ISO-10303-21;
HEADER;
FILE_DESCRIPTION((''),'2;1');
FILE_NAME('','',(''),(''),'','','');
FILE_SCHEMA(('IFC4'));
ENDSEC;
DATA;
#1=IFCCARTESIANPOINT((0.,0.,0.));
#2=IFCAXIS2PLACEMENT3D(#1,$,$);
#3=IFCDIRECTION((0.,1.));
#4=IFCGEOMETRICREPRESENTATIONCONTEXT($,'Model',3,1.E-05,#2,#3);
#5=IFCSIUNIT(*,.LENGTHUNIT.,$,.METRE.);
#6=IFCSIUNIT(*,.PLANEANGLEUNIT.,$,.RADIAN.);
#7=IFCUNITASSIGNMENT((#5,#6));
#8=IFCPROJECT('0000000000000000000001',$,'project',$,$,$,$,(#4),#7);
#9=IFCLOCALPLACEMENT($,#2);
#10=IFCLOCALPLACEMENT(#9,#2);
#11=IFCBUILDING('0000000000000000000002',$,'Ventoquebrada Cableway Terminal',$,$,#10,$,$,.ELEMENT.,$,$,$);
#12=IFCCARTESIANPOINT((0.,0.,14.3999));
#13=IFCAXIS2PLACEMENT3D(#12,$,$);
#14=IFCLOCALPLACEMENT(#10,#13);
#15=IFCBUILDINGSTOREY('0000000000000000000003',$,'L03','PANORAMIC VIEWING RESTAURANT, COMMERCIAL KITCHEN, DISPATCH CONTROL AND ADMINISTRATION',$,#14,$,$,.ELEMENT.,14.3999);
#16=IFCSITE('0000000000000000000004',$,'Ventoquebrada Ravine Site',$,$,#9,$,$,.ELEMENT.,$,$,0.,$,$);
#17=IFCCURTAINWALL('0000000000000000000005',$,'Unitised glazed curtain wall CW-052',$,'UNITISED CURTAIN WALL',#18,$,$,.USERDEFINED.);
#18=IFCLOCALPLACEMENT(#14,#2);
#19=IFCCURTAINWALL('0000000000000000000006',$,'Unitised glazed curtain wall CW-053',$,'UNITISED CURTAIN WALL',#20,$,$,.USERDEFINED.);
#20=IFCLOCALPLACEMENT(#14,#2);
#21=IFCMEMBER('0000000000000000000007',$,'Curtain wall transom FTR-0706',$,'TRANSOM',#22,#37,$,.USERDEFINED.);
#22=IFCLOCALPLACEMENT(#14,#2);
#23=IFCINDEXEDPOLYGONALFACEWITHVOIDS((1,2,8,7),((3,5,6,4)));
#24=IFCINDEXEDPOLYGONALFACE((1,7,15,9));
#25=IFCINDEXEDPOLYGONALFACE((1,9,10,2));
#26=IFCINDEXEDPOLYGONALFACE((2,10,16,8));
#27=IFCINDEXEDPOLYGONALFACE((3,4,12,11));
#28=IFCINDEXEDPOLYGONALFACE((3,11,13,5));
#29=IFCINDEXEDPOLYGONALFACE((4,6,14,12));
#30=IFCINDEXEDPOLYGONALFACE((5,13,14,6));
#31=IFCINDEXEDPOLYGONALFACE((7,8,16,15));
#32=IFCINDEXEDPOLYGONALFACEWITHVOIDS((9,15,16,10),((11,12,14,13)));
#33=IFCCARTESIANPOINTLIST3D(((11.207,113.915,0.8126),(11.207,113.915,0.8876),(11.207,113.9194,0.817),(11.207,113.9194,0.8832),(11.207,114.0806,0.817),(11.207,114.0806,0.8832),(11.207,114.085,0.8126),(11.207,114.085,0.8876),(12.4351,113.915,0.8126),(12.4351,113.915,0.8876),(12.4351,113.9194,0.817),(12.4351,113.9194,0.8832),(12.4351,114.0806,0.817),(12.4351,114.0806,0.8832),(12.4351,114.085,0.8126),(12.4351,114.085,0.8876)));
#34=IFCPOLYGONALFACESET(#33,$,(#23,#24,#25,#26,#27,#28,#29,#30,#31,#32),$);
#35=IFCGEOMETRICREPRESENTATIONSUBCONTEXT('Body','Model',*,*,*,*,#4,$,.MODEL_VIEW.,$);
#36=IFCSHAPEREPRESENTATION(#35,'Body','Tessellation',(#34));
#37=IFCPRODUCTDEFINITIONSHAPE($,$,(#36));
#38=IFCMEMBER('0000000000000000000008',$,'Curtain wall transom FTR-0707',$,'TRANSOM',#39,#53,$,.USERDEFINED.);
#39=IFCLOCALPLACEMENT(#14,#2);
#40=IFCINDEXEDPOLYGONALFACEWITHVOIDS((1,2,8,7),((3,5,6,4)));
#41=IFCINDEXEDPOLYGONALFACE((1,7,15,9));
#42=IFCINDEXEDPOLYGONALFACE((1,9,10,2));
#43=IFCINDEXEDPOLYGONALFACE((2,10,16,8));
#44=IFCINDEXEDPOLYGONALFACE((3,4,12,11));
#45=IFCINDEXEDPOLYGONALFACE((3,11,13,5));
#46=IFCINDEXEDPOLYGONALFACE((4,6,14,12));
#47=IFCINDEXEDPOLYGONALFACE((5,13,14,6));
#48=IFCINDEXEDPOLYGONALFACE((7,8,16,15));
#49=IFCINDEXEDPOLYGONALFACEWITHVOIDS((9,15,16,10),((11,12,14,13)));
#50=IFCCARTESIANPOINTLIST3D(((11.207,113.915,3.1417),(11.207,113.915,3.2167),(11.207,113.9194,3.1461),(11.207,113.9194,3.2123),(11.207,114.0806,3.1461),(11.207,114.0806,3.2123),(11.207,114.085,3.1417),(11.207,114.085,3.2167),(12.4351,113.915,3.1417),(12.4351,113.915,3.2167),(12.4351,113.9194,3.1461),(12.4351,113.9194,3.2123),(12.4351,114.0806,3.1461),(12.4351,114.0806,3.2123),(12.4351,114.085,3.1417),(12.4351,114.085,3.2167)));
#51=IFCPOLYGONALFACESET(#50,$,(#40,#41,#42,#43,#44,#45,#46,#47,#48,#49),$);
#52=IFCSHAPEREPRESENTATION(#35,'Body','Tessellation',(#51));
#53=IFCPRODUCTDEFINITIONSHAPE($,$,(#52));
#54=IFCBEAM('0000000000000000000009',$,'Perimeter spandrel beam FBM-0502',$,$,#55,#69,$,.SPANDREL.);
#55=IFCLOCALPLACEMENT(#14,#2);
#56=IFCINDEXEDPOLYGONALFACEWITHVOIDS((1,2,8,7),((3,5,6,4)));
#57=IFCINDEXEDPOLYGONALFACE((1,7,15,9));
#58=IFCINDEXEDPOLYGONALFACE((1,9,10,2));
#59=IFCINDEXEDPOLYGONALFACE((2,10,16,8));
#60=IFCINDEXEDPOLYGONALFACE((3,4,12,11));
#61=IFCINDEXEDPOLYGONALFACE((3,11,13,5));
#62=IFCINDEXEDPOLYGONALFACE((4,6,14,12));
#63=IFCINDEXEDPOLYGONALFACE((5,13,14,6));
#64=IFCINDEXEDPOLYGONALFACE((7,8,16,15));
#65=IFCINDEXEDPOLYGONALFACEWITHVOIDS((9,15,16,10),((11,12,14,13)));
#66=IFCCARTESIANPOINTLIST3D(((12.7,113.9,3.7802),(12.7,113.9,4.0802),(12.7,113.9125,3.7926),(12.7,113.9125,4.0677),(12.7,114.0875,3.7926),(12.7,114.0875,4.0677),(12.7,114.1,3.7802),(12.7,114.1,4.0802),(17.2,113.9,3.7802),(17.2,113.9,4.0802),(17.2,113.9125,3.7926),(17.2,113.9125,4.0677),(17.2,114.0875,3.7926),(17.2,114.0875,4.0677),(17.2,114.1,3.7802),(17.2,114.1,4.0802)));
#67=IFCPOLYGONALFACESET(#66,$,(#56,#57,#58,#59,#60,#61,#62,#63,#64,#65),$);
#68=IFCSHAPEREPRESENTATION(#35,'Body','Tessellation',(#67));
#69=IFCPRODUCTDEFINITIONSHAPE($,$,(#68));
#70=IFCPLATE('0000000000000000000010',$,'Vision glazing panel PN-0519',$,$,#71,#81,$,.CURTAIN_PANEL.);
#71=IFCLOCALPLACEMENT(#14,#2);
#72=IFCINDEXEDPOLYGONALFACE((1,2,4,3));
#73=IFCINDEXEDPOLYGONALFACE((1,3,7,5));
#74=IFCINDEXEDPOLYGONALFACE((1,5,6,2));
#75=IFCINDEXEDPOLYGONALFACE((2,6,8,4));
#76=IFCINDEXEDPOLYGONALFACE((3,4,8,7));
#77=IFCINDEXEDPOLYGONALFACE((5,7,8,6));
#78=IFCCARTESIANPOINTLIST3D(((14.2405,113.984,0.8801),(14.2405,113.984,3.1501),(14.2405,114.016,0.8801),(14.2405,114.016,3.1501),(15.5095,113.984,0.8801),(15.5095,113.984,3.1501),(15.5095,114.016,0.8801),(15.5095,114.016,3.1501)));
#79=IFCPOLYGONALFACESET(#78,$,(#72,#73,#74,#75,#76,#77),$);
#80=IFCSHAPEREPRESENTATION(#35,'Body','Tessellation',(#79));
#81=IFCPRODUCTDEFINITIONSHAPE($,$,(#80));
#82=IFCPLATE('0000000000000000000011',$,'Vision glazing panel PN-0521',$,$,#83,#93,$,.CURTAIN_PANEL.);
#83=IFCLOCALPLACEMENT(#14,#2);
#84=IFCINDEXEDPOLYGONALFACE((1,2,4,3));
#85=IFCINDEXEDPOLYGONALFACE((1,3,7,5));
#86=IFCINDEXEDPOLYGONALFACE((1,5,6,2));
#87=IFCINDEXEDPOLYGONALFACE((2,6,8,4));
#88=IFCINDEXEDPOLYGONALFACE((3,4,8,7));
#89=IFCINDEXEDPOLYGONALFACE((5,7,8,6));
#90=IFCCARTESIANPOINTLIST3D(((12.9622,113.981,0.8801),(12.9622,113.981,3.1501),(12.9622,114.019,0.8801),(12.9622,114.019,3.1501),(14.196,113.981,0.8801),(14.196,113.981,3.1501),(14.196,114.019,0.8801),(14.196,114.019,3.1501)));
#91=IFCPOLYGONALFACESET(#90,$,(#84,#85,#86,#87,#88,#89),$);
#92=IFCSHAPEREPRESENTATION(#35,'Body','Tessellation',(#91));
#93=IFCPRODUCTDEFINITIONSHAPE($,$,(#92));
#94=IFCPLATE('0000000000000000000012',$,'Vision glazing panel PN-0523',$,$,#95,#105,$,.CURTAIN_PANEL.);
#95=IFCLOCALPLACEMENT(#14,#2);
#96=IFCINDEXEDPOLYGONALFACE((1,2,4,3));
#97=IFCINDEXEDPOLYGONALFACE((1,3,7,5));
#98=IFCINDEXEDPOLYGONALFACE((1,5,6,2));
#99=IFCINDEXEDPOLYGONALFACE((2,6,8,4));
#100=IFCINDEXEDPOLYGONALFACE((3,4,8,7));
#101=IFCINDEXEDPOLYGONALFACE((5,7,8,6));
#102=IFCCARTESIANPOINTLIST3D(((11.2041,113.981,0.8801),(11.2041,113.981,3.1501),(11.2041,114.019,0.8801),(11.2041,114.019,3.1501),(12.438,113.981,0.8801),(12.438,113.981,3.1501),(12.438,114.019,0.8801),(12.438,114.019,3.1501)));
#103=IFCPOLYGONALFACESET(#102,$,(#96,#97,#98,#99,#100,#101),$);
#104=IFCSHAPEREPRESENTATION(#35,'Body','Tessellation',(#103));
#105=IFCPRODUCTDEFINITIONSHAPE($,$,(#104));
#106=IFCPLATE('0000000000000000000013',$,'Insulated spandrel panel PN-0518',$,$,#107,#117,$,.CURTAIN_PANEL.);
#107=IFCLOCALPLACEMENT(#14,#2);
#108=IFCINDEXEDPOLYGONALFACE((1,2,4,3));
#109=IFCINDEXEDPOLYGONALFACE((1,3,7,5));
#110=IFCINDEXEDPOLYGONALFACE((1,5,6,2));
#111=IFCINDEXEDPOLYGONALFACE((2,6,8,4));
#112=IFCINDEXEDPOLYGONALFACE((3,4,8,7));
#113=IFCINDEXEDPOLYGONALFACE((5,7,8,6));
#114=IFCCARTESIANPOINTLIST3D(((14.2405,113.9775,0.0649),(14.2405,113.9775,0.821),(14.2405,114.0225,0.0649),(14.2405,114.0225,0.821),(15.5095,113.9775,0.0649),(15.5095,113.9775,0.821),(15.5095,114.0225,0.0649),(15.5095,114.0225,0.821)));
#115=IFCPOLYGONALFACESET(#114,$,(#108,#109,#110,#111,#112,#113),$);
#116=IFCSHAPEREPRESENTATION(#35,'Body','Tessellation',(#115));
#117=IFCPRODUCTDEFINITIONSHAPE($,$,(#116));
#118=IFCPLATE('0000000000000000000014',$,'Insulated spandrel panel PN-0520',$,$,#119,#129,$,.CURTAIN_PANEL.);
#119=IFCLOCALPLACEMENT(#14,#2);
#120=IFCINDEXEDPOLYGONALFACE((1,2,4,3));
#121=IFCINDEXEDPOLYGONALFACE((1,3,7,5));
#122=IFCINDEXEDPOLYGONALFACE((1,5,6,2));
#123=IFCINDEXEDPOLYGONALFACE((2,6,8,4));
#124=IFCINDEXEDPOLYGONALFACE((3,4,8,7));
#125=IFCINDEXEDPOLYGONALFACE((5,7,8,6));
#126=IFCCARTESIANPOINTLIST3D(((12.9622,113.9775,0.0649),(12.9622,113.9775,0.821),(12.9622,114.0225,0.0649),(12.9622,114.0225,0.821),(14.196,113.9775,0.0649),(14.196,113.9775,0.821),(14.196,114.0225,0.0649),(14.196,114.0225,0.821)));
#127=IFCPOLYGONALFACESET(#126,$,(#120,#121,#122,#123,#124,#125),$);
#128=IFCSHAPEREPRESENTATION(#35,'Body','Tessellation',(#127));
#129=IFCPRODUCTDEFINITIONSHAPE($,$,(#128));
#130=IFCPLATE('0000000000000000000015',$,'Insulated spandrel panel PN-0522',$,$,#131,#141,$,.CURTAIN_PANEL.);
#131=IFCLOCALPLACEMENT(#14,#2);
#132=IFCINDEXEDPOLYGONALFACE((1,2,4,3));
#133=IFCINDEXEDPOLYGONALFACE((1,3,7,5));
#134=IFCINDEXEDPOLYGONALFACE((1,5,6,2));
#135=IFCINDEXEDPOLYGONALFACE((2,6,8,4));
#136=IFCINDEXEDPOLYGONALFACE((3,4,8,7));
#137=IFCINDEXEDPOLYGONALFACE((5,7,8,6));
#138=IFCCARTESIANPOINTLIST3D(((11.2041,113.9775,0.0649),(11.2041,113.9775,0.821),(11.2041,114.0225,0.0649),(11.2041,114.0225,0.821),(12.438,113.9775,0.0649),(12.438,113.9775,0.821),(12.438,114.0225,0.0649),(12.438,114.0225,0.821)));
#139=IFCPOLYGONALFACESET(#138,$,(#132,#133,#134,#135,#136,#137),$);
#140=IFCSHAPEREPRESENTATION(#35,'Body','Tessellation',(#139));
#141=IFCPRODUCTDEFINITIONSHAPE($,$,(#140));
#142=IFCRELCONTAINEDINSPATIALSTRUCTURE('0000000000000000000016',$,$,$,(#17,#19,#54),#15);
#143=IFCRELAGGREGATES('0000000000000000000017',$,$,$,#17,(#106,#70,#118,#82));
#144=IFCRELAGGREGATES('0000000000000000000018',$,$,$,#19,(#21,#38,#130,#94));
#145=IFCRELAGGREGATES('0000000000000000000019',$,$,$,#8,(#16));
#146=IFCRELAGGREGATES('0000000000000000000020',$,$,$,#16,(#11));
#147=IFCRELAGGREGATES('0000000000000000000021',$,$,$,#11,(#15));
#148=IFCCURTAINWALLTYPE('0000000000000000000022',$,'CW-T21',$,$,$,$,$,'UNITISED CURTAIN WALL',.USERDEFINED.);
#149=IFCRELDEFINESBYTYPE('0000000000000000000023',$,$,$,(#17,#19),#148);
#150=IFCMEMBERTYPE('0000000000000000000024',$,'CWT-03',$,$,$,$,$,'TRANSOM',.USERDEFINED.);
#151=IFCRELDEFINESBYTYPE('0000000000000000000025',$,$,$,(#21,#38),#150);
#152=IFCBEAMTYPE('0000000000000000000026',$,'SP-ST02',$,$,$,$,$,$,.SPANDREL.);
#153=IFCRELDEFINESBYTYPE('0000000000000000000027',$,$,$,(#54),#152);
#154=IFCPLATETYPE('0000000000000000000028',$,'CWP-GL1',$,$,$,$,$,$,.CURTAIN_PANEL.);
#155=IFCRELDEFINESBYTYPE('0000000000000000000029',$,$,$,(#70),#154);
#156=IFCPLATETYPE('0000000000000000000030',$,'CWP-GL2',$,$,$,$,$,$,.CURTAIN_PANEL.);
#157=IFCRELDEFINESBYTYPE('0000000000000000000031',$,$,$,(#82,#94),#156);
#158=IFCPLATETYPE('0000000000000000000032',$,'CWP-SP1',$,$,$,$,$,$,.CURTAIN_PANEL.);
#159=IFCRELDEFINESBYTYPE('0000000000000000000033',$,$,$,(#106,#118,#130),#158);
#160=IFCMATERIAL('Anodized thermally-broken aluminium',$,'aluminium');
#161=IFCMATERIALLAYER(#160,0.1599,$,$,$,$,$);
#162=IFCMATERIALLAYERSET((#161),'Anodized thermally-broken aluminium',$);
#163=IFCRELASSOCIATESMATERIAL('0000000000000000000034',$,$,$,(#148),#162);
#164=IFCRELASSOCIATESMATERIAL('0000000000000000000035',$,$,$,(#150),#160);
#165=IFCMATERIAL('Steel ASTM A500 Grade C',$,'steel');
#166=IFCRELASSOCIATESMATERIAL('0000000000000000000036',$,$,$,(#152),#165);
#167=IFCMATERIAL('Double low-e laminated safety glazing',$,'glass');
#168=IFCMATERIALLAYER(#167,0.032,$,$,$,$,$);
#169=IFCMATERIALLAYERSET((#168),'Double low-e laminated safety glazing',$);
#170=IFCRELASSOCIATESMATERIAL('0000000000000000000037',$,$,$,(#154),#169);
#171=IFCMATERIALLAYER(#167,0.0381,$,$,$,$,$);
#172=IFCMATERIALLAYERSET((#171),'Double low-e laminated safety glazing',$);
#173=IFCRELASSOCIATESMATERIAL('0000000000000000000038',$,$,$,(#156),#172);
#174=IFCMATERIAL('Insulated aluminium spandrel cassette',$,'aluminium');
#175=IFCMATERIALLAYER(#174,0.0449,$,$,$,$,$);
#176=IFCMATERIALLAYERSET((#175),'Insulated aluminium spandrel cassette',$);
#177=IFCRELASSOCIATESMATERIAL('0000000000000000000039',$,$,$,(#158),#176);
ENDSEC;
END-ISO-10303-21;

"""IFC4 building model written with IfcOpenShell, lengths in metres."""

from ifc_helpers import new_model, si_unit, direction, frame, origin, origin_2d, place, context, subcontext, project, spatial, rectangle, hollow_rectangle, extrude, material, layer, layer_set, material_profile, profile_set, type_object, element, aggregate, save


model = new_model("IFC4")

# Units and contexts
model_context = context("Model", 3, precision=1e-05, world=origin(), true_north=direction((0.0, 1.0)))
body_context = subcontext(model_context, "Body", "Model", "MODEL_VIEW")
ifc_project = project(units=[si_unit("LENGTHUNIT", "METRE"), si_unit("PLANEANGLEUNIT", "RADIAN")], contexts=[model_context])

# Site, building, storey
site_placement = place(None, origin())
site = spatial("IfcSite", under=ifc_project, at=site_placement, Name="Ventoquebrada Ravine Site", CompositionType="ELEMENT", RefElevation=0.0)
building_placement = place(site_placement, origin())
building = spatial("IfcBuilding", under=site, at=building_placement, Name="Ventoquebrada Cableway Terminal", CompositionType="ELEMENT")
storey_placement = place(building_placement, frame((0.0, 0.0, 14.3999)))
storey = spatial("IfcBuildingStorey", under=building, at=storey_placement, Name="L03", Description="PANORAMIC VIEWING RESTAURANT, COMMERCIAL KITCHEN, DISPATCH CONTROL AND ADMINISTRATION", CompositionType="ELEMENT", Elevation=14.3999)

# Curtain wall
ifc_material_1 = material(Name="Anodized thermally-broken aluminium", Category="aluminium")
ifc_layer_1 = layer(ifc_material_1, 0.1599)
ifc_layer_set_1 = layer_set([ifc_layer_1], Name="Anodized thermally-broken aluminium")
curtain_wall_type = type_object("IfcCurtainWallType", Name="CW-T21", ElementType="UNITISED CURTAIN WALL", PredefinedType="USERDEFINED", material=ifc_layer_set_1)
curtain_wall_1_placement = place(storey_placement, origin())
curtain_wall_1 = element("IfcCurtainWall", 1, at=curtain_wall_1_placement, inside=storey, type_object=curtain_wall_type, Name="Unitised glazed curtain wall CW-052", ObjectType="UNITISED CURTAIN WALL", PredefinedType="USERDEFINED")

# Curtain wall
curtain_wall_2_placement = place(storey_placement, origin())
curtain_wall_2 = element("IfcCurtainWall", 2, at=curtain_wall_2_placement, inside=storey, type_object=curtain_wall_type, Name="Unitised glazed curtain wall CW-053", ObjectType="UNITISED CURTAIN WALL", PredefinedType="USERDEFINED")

# Members
ifc_material_profile_1 = material_profile(ifc_material_1, hollow_rectangle(XDim=0.075, YDim=0.1699, WallThickness=0.0044, at=origin_2d()), Name="CW-TRN-75X170")
ifc_profile_set_1 = profile_set([ifc_material_profile_1], Name="Anodized thermally-broken aluminium")
member_type_1 = type_object("IfcMemberType", Name="CWT-03", ElementType="TRANSOM", PredefinedType="USERDEFINED", material=ifc_profile_set_1)
member_1_placement = place(storey_placement, frame((12.4351, 114.0, 0.8501), z_axis=(-1.0, 0.0, 0.0), x_axis=(0.0, 0.0, 1.0)))
member_1 = element("IfcMember", 3, at=member_1_placement, type_object=member_type_1, Name="Curtain wall transom FTR-0706", ObjectType="TRANSOM", PredefinedType="USERDEFINED", context=body_context, shape_type="SweptSolid", body=[
    extrude(hollow_rectangle(XDim=0.075, YDim=0.1699, WallThickness=0.0044, at=origin_2d()), origin(), (0.0, 0.0, 1.0), 1.228),
])
member_2_placement = place(storey_placement, frame((12.4351, 114.0, 3.1792), z_axis=(-1.0, 0.0, 0.0), x_axis=(0.0, 0.0, 1.0)))
member_2 = element("IfcMember", 4, at=member_2_placement, type_object=member_type_1, Name="Curtain wall transom FTR-0707", ObjectType="TRANSOM", PredefinedType="USERDEFINED", context=body_context, shape_type="SweptSolid", body=[
    extrude(hollow_rectangle(XDim=0.075, YDim=0.1699, WallThickness=0.0044, at=origin_2d()), origin(), (0.0, 0.0, 1.0), 1.228),
])

# Beam
ifc_material_2 = material(Name="Steel ASTM A500 Grade C", Category="steel")
ifc_material_profile_2 = material_profile(ifc_material_2, hollow_rectangle(XDim=0.2, YDim=0.3, WallThickness=0.0125, at=origin_2d()), Name="RHS300X200X12.5")
ifc_profile_set_2 = profile_set([ifc_material_profile_2], Name="Steel ASTM A500 Grade C")
beam_type = type_object("IfcBeamType", Name="SP-ST02", PredefinedType="SPANDREL", material=ifc_profile_set_2)
beam_placement = place(storey_placement, frame((12.7, 114.0, 3.9302), z_axis=(1.0, 0.0, 0.0), x_axis=(0.0, 1.0, 0.0)))
element("IfcBeam", 5, at=beam_placement, inside=storey, type_object=beam_type, Name="Perimeter spandrel beam FBM-0502", PredefinedType="SPANDREL", context=body_context, shape_type="SweptSolid", body=[
    extrude(hollow_rectangle(XDim=0.2, YDim=0.3, WallThickness=0.0125, at=origin_2d()), origin(), (0.0, 0.0, 1.0), 4.5),
])

# Plates
ifc_material_3 = material(Name="Double low-e laminated safety glazing", Category="glass")
ifc_layer_2 = layer(ifc_material_3, 0.032)
ifc_layer_set_2 = layer_set([ifc_layer_2], Name="Double low-e laminated safety glazing")
plate_type_1 = type_object("IfcPlateType", Name="CWP-GL1", PredefinedType="CURTAIN_PANEL", material=ifc_layer_set_2)
plate_1_placement = place(storey_placement, frame((14.875, 114.0, 0.8801), z_axis=(0.0, 0.0, 1.0), x_axis=(-1.0, 0.0, 0.0)))
plate_1 = element("IfcPlate", 6, at=plate_1_placement, type_object=plate_type_1, Name="Vision glazing panel PN-0519", PredefinedType="CURTAIN_PANEL", context=body_context, shape_type="SweptSolid", body=[
    extrude(rectangle(XDim=1.269, YDim=0.032, at=origin_2d()), origin(), (0.0, 0.0, 1.0), 2.27),
])
ifc_layer_3 = layer(ifc_material_3, 0.0381)
ifc_layer_set_3 = layer_set([ifc_layer_3], Name="Double low-e laminated safety glazing")
plate_type_2 = type_object("IfcPlateType", Name="CWP-GL2", PredefinedType="CURTAIN_PANEL", material=ifc_layer_set_3)
plate_2_placement = place(storey_placement, frame((13.5791, 114.0, 0.8801), z_axis=(0.0, 0.0, 1.0), x_axis=(-1.0, 0.0, 0.0)))
plate_2 = element("IfcPlate", 7, at=plate_2_placement, type_object=plate_type_2, Name="Vision glazing panel PN-0521", PredefinedType="CURTAIN_PANEL", context=body_context, shape_type="SweptSolid", body=[
    extrude(rectangle(XDim=1.2339, YDim=0.0381, at=origin_2d()), origin(), (0.0, 0.0, 1.0), 2.27),
])
plate_3_placement = place(storey_placement, frame((11.821, 114.0, 0.8801), z_axis=(0.0, 0.0, 1.0), x_axis=(-1.0, 0.0, 0.0)))
plate_3 = element("IfcPlate", 8, at=plate_3_placement, type_object=plate_type_2, Name="Vision glazing panel PN-0523", PredefinedType="CURTAIN_PANEL", context=body_context, shape_type="SweptSolid", body=[
    extrude(rectangle(XDim=1.2339, YDim=0.0381, at=origin_2d()), origin(), (0.0, 0.0, 1.0), 2.27),
])
ifc_material_4 = material(Name="Insulated aluminium spandrel cassette", Category="aluminium")
ifc_layer_4 = layer(ifc_material_4, 0.0449)
ifc_layer_set_4 = layer_set([ifc_layer_4], Name="Insulated aluminium spandrel cassette")
plate_type_3 = type_object("IfcPlateType", Name="CWP-SP1", PredefinedType="CURTAIN_PANEL", material=ifc_layer_set_4)
plate_4_placement = place(storey_placement, frame((14.875, 114.0, 0.0649), z_axis=(0.0, 0.0, 1.0), x_axis=(-1.0, 0.0, 0.0)))
plate_4 = element("IfcPlate", 9, at=plate_4_placement, type_object=plate_type_3, Name="Insulated spandrel panel PN-0518", PredefinedType="CURTAIN_PANEL", context=body_context, shape_type="SweptSolid", body=[
    extrude(rectangle(XDim=1.269, YDim=0.0449, at=origin_2d()), origin(), (0.0, 0.0, 1.0), 0.7561),
])
plate_5_placement = place(storey_placement, frame((13.5791, 114.0, 0.0649), z_axis=(0.0, 0.0, 1.0), x_axis=(-1.0, 0.0, 0.0)))
plate_5 = element("IfcPlate", 10, at=plate_5_placement, type_object=plate_type_3, Name="Insulated spandrel panel PN-0520", PredefinedType="CURTAIN_PANEL", context=body_context, shape_type="SweptSolid", body=[
    extrude(rectangle(XDim=1.2339, YDim=0.0449, at=origin_2d()), origin(), (0.0, 0.0, 1.0), 0.7561),
])
aggregate(curtain_wall_1, [plate_4, plate_1, plate_5, plate_2])
plate_6_placement = place(storey_placement, frame((11.821, 114.0, 0.0649), z_axis=(0.0, 0.0, 1.0), x_axis=(-1.0, 0.0, 0.0)))
plate_6 = element("IfcPlate", 11, at=plate_6_placement, type_object=plate_type_3, Name="Insulated spandrel panel PN-0522", PredefinedType="CURTAIN_PANEL", context=body_context, shape_type="SweptSolid", body=[
    extrude(rectangle(XDim=1.2339, YDim=0.0449, at=origin_2d()), origin(), (0.0, 0.0, 1.0), 0.7561),
])
aggregate(curtain_wall_2, [member_1, member_2, plate_6, plate_3])

save(model, "model.ifc")
